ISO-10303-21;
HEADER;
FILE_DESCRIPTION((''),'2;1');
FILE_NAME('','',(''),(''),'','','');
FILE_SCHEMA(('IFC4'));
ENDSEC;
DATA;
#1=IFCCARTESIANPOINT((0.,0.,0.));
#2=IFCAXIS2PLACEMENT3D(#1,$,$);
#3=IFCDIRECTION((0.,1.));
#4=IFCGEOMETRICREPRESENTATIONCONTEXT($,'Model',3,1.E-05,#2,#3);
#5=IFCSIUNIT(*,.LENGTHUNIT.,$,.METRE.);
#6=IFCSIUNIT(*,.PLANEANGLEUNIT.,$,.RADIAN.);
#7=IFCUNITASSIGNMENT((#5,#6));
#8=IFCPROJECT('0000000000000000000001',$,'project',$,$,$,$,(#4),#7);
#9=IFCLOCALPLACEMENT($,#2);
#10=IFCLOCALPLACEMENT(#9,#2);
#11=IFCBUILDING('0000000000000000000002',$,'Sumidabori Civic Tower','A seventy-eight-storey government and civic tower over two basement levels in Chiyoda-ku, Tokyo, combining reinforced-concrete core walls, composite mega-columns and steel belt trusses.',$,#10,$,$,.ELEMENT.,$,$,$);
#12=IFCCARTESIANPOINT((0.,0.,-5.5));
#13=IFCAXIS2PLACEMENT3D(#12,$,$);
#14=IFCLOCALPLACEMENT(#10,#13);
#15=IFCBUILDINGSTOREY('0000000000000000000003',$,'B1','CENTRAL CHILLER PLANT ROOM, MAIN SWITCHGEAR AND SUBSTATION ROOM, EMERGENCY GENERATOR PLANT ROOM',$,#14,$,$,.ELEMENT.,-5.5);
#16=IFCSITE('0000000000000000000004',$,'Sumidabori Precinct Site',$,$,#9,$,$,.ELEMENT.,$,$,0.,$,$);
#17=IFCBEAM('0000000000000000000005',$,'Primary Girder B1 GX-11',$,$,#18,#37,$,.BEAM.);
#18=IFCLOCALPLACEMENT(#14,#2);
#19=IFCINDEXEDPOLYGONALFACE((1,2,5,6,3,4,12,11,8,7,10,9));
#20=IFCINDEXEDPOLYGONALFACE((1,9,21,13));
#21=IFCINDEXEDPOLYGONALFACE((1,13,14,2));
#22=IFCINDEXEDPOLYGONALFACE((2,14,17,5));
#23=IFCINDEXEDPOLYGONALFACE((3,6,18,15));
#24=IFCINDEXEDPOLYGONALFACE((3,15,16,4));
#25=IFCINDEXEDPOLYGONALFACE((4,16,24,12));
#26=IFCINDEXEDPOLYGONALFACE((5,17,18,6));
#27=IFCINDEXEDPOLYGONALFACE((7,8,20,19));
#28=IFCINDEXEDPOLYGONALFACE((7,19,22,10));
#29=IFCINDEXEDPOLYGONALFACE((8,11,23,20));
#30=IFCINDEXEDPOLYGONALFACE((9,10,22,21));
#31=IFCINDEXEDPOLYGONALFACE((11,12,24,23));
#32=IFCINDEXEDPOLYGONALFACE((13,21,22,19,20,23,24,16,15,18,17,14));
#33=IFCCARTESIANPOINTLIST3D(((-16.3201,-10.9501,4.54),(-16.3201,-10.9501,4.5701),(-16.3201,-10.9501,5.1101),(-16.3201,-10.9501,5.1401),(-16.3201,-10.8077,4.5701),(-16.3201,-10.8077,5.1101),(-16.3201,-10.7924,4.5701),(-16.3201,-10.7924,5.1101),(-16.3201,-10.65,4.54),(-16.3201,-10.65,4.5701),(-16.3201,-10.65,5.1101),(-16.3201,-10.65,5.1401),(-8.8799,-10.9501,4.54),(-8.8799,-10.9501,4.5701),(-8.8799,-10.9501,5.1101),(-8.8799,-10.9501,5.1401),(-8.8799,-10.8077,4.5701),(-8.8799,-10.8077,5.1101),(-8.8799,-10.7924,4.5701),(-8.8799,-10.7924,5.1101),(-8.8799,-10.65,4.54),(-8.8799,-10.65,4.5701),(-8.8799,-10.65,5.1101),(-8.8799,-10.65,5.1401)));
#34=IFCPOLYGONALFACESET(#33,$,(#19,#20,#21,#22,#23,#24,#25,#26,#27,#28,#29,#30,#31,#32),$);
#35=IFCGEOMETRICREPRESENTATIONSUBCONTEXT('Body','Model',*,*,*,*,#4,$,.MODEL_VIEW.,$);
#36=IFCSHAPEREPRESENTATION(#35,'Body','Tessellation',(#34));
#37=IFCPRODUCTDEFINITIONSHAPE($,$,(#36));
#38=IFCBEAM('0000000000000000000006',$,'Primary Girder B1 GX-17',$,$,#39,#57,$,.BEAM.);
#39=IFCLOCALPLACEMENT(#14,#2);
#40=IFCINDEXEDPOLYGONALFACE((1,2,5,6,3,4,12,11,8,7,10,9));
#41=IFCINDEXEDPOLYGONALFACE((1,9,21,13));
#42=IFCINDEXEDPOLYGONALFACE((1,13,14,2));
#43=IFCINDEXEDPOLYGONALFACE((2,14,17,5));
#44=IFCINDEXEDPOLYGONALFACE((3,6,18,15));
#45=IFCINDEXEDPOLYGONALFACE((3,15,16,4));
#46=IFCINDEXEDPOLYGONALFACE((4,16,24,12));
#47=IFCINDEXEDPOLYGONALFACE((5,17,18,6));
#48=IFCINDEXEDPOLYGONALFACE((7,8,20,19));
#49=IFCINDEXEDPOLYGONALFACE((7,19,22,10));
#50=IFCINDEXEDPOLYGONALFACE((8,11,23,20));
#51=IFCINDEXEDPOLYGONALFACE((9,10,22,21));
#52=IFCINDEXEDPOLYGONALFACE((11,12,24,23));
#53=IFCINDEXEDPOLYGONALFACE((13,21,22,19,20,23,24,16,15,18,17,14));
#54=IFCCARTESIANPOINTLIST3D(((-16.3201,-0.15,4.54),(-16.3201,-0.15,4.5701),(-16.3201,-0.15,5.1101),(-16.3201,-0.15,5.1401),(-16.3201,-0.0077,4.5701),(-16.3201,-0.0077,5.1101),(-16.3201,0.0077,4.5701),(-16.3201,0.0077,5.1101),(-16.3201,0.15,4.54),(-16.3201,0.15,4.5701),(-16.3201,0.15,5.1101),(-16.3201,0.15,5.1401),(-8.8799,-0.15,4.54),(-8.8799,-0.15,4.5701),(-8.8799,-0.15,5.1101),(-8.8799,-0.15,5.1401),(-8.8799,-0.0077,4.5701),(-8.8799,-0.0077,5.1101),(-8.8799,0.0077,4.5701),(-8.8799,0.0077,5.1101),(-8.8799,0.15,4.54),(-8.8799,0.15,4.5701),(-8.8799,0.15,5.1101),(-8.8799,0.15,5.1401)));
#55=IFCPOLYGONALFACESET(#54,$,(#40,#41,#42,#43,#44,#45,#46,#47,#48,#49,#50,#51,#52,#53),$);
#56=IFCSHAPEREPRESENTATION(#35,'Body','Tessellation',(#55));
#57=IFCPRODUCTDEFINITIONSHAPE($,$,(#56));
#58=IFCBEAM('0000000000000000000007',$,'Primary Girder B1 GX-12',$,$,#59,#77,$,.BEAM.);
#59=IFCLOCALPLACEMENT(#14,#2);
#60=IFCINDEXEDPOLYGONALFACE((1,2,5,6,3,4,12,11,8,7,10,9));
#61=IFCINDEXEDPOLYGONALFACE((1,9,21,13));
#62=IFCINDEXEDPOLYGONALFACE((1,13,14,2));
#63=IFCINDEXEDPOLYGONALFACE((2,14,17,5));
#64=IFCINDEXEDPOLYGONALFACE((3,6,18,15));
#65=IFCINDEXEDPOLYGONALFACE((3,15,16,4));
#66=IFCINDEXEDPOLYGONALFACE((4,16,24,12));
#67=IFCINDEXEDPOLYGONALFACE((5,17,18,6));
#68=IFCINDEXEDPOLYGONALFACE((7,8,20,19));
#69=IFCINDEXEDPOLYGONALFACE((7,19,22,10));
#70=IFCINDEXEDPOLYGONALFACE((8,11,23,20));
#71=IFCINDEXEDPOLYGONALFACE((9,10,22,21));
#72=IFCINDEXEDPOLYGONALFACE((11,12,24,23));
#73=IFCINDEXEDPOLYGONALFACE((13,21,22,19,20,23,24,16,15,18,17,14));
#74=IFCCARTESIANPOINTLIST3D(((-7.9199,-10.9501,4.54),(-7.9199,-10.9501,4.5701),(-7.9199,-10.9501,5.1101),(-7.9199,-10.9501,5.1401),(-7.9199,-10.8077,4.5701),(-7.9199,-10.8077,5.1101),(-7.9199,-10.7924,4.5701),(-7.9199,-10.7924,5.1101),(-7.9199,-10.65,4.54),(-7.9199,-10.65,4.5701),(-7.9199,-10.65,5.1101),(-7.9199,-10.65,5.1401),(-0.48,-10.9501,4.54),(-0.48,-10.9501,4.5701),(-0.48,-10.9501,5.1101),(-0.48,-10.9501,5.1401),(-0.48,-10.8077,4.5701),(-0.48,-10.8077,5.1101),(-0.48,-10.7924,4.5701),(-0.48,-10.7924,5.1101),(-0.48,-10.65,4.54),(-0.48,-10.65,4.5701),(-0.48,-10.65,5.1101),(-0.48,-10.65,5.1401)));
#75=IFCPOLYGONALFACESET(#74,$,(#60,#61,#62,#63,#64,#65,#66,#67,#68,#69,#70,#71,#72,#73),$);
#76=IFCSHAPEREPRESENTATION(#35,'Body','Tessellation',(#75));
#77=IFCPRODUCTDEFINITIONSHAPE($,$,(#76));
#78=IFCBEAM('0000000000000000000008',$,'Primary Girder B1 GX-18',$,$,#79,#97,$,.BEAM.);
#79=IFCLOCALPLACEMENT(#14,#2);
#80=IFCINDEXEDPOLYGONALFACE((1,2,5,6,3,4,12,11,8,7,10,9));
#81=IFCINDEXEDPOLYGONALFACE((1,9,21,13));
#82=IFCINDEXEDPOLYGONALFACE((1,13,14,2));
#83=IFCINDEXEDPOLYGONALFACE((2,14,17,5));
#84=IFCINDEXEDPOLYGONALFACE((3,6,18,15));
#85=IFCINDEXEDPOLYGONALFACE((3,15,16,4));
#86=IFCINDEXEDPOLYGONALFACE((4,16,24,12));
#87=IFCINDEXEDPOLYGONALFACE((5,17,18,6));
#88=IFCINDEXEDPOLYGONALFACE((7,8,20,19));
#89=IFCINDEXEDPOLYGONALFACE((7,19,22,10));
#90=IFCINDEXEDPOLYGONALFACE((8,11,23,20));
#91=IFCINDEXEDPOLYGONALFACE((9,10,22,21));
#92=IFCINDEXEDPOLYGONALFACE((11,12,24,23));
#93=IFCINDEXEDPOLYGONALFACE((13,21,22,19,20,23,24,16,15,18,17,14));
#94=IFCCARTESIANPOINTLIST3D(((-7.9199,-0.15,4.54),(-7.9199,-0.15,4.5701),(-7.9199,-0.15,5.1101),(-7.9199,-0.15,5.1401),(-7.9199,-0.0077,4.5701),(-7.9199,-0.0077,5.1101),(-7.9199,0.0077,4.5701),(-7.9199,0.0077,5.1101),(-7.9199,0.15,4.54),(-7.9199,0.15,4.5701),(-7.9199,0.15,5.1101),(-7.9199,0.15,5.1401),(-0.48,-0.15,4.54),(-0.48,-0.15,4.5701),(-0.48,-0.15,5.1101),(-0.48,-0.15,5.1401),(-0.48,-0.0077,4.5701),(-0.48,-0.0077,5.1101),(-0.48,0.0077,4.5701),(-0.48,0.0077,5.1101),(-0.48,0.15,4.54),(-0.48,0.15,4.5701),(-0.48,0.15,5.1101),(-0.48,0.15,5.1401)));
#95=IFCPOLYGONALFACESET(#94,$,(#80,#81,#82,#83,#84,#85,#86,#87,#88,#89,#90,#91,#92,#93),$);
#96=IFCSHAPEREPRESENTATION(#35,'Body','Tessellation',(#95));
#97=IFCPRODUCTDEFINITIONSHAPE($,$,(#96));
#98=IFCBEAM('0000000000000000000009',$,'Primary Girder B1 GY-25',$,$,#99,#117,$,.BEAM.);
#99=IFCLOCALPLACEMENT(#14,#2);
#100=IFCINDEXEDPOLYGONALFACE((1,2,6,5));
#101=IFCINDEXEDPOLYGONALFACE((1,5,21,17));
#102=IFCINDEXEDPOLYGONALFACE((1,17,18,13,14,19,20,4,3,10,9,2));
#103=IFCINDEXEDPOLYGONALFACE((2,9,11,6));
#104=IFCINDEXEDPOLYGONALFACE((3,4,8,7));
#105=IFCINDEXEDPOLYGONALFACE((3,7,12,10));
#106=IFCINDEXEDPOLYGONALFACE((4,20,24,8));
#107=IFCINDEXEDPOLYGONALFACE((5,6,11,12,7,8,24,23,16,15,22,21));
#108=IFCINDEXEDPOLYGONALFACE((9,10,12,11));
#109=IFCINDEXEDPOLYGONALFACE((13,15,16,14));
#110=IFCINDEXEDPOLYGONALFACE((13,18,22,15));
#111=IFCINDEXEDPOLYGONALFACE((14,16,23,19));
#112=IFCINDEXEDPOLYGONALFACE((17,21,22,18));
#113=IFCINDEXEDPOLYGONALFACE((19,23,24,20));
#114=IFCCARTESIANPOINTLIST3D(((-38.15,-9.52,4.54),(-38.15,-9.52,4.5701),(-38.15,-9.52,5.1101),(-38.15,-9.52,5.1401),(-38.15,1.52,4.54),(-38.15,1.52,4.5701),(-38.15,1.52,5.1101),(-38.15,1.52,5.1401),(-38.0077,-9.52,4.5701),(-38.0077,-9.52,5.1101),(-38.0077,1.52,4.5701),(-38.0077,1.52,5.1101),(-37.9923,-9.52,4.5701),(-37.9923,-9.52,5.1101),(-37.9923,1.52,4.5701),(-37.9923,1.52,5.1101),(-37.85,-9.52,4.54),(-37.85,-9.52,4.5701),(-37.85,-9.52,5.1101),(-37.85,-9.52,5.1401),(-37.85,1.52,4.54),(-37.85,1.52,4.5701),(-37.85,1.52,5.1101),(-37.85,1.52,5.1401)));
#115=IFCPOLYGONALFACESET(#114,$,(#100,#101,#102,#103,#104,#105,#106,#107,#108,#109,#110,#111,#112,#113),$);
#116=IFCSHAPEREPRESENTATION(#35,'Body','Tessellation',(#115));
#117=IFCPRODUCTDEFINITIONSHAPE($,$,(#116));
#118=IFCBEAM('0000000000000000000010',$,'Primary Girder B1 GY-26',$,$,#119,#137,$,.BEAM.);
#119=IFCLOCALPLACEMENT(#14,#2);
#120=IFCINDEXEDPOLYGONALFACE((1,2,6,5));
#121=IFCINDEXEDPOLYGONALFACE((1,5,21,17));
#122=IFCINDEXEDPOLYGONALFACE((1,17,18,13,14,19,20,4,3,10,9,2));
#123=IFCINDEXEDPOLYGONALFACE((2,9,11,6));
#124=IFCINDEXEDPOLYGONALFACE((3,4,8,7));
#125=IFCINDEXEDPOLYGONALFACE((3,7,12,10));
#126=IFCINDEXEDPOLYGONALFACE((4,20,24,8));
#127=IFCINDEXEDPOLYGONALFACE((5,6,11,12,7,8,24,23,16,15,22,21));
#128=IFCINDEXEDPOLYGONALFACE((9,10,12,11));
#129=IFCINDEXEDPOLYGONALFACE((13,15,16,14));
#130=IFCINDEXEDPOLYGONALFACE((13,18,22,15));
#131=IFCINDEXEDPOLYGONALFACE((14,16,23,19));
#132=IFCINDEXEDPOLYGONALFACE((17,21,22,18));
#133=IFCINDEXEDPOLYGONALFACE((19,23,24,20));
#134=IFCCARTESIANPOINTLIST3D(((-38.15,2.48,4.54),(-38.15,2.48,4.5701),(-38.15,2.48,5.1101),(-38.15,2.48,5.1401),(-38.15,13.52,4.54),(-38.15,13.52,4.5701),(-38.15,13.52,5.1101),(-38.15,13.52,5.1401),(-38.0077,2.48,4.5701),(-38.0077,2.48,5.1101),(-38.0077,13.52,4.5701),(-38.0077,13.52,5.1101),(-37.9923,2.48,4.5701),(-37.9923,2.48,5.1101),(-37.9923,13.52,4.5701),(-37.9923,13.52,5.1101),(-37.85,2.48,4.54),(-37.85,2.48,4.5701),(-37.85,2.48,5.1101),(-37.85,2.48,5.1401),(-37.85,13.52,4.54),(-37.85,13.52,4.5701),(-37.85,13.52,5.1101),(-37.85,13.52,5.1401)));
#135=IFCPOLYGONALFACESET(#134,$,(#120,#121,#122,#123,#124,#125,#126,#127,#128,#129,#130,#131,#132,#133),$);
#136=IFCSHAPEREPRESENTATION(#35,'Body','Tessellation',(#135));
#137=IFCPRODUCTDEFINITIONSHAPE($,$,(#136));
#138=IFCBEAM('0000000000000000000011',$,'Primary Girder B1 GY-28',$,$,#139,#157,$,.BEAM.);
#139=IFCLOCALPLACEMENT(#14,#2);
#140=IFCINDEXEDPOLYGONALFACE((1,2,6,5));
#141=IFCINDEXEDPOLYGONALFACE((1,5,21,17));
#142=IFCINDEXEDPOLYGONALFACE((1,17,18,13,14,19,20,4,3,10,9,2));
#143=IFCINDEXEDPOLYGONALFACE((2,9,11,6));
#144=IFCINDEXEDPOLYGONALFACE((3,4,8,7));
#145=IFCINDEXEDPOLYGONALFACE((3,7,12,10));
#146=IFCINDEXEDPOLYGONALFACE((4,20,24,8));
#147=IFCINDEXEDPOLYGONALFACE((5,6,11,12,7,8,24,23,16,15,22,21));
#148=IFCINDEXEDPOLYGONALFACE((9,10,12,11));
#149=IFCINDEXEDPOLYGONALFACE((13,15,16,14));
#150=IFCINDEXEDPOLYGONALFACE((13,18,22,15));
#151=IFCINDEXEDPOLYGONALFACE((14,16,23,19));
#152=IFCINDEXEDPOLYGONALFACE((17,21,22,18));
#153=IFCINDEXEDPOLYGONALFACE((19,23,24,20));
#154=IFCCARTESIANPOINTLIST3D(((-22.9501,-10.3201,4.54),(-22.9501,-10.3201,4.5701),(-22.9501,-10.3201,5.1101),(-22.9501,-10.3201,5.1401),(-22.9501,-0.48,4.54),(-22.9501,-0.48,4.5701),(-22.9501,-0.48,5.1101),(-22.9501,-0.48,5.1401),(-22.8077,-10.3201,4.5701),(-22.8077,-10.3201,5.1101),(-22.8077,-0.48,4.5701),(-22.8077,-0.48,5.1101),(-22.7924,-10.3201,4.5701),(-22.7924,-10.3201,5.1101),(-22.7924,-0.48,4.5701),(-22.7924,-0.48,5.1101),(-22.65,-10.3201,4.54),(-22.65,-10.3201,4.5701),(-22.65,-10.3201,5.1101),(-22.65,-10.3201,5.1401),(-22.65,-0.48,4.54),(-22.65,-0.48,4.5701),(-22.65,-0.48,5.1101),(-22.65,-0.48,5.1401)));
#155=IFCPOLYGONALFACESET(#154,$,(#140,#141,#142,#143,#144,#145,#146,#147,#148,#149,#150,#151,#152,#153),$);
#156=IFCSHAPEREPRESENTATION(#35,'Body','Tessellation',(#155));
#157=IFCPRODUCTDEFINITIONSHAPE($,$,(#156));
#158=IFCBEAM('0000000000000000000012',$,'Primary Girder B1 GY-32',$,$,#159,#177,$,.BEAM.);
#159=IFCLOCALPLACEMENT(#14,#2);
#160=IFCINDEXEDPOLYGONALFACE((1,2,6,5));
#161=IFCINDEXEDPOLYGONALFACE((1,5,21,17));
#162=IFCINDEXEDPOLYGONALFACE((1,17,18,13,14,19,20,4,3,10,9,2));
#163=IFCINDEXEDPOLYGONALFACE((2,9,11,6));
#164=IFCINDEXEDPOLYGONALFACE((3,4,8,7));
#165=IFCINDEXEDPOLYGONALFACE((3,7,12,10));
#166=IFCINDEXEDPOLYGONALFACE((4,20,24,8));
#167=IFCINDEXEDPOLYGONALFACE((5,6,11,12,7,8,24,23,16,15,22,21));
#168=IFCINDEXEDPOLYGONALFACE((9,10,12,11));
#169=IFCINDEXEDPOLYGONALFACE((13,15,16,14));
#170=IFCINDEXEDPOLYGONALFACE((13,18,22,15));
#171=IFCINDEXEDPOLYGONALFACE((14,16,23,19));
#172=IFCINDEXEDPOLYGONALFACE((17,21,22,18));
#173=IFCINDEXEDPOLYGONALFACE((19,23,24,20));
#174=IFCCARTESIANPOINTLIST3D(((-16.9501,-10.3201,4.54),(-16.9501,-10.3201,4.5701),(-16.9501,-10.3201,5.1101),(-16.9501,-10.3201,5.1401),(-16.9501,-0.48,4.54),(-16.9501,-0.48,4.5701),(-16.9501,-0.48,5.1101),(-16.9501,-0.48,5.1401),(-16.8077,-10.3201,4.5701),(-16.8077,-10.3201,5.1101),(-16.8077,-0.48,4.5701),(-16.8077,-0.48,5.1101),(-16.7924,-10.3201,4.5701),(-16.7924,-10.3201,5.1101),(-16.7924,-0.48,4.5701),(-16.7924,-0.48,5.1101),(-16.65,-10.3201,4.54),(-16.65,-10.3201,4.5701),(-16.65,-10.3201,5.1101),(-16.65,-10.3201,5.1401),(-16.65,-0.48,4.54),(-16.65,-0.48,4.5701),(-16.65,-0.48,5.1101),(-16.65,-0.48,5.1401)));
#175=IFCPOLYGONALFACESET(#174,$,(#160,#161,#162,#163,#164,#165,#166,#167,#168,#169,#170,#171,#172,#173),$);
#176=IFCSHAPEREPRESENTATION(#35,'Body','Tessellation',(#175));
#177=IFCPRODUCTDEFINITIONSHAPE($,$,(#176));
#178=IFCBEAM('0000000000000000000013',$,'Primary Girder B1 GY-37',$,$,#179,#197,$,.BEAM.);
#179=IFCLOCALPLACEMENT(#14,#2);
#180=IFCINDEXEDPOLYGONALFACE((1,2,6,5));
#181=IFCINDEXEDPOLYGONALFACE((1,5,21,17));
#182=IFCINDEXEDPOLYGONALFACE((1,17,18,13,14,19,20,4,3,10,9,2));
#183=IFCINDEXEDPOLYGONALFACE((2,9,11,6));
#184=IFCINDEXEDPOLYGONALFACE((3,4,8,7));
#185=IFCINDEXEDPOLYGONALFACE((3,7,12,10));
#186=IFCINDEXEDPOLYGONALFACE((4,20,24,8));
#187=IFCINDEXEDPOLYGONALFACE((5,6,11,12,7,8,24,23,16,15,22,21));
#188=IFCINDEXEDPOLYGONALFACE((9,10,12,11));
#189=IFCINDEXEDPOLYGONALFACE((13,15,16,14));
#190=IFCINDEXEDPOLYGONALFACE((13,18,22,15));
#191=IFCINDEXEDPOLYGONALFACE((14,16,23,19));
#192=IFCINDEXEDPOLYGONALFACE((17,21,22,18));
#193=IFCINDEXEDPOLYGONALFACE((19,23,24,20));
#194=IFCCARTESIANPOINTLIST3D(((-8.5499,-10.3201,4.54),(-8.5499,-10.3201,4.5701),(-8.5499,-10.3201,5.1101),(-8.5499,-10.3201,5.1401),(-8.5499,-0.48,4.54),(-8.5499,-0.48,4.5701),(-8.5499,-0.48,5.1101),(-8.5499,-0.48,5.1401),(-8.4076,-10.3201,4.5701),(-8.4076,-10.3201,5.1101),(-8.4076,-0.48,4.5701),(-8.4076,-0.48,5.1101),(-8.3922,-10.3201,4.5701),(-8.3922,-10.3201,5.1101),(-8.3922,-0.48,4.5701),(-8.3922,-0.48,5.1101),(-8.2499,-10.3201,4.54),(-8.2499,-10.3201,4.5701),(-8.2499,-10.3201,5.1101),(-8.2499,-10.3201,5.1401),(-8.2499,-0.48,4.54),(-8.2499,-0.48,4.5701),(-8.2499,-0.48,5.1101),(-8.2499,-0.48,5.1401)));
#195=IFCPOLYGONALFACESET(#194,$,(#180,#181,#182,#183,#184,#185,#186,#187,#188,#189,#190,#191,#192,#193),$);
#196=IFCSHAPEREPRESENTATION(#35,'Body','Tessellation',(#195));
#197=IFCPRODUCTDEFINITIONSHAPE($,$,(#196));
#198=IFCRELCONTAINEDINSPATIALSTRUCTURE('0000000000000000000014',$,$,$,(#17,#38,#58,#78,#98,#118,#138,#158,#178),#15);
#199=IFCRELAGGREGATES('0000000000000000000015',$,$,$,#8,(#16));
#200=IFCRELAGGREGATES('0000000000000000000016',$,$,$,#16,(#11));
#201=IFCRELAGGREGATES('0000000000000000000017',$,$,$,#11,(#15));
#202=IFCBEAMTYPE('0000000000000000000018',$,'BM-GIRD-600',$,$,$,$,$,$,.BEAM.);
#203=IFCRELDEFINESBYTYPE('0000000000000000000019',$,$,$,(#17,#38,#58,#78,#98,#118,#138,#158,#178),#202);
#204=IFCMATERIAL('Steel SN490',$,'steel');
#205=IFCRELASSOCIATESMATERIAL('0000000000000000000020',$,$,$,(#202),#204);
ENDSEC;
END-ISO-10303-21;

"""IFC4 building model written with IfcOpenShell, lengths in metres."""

from ifc_helpers import new_model, si_unit, direction, frame, origin, origin_2d, place, context, subcontext, project, spatial, i_section, extrude, source, transform, mapped, material, material_profile, profile_set, type_object, element, save


model = new_model("IFC4")

# Units and contexts
model_context = context("Model", 3, precision=1e-05, world=origin(), true_north=direction((0.0, 1.0)))
body_context = subcontext(model_context, "Body", "Model", "MODEL_VIEW")
ifc_project = project(units=[si_unit("LENGTHUNIT", "METRE"), si_unit("PLANEANGLEUNIT", "RADIAN")], contexts=[model_context])

# Site, building, storey
site_placement = place(None, origin())
site = spatial("IfcSite", under=ifc_project, at=site_placement, Name="Sumidabori Precinct Site", CompositionType="ELEMENT", RefElevation=0.0)
building_placement = place(site_placement, origin())
building = spatial("IfcBuilding", under=site, at=building_placement, Name="Sumidabori Civic Tower", Description="A seventy-eight-storey government and civic tower over two basement levels in Chiyoda-ku, Tokyo, combining reinforced-concrete core walls, composite mega-columns and steel belt trusses.", CompositionType="ELEMENT")
storey_placement = place(building_placement, frame((0.0, 0.0, -5.5)))
storey = spatial("IfcBuildingStorey", under=building, at=storey_placement, Name="B1", Description="CENTRAL CHILLER PLANT ROOM, MAIN SWITCHGEAR AND SUBSTATION ROOM, EMERGENCY GENERATOR PLANT ROOM", CompositionType="ELEMENT", Elevation=-5.5)

# Beams
ifc_material_1 = material(Name="Steel SN490", Category="steel")
ifc_material_profile_1 = material_profile(ifc_material_1, i_section(OverallWidth=0.3, OverallDepth=0.6001, WebThickness=0.0154, FlangeThickness=0.03, at=origin_2d()), Name="HE 600 B")
ifc_profile_set_1 = profile_set([ifc_material_profile_1], Name="Steel SN490")
beam_type = type_object("IfcBeamType", Name="BM-GIRD-600", PredefinedType="BEAM", material=ifc_profile_set_1)
shared_shape_1 = source(origin(), body_context, "Body", "SweptSolid", [
    extrude(i_section(OverallWidth=0.3, OverallDepth=0.6001, WebThickness=0.0154, FlangeThickness=0.03, at=origin_2d()), origin(), (0.0, 0.0, 1.0), 7.4402),
])
for number, where, z_axis, x_axis, name in (
    (1, (-16.3201, -10.8, 4.8401), (1.0, 0.0, 0.0), (0.0, 1.0, 0.0), "Primary Girder B1 GX-11"),
    (2, (-16.3201, 0.0, 4.8401), (1.0, 0.0, 0.0), (0.0, 1.0, 0.0), "Primary Girder B1 GX-17"),
):
    element("IfcBeam", number, at=place(storey_placement, frame(where, z_axis=z_axis, x_axis=x_axis)), inside=storey, type_object=beam_type, Name=name, PredefinedType="BEAM", context=body_context, shape_type="MappedRepresentation", body=[
        mapped(shared_shape_1, transform((0.0, 0.0, 0.0), x_axis=(1.0, 0.0, 0.0), y_axis=(0.0, 1.0, 0.0), z_axis=(0.0, 0.0, 1.0), scale=1.0)),
    ])
shared_shape_2 = source(origin(), body_context, "Body", "SweptSolid", [
    extrude(i_section(OverallWidth=0.3, OverallDepth=0.6001, WebThickness=0.0154, FlangeThickness=0.03, at=origin_2d()), origin(), (0.0, 0.0, 1.0), 7.4399),
])
for number, where, z_axis, x_axis, name in (
    (3, (-7.9199, -10.8, 4.8401), (1.0, 0.0, 0.0), (0.0, 1.0, 0.0), "Primary Girder B1 GX-12"),
    (4, (-7.9199, 0.0, 4.8401), (1.0, 0.0, 0.0), (0.0, 1.0, 0.0), "Primary Girder B1 GX-18"),
):
    element("IfcBeam", number, at=place(storey_placement, frame(where, z_axis=z_axis, x_axis=x_axis)), inside=storey, type_object=beam_type, Name=name, PredefinedType="BEAM", context=body_context, shape_type="MappedRepresentation", body=[
        mapped(shared_shape_2, transform((0.0, 0.0, 0.0), x_axis=(1.0, 0.0, 0.0), y_axis=(0.0, 1.0, 0.0), z_axis=(0.0, 0.0, 1.0), scale=1.0)),
    ])
shared_shape_3 = source(origin(), body_context, "Body", "SweptSolid", [
    extrude(i_section(OverallWidth=0.3, OverallDepth=0.6001, WebThickness=0.0154, FlangeThickness=0.03, at=origin_2d()), origin(), (0.0, 0.0, 1.0), 11.04),
])
for number, where, z_axis, x_axis, name in (
    (5, (-38.0, -9.52, 4.8401), (0.0, 1.0, 0.0), (-1.0, 0.0, 0.0), "Primary Girder B1 GY-25"),
    (6, (-38.0, 2.48, 4.8401), (0.0, 1.0, 0.0), (-1.0, 0.0, 0.0), "Primary Girder B1 GY-26"),
):
    element("IfcBeam", number, at=place(storey_placement, frame(where, z_axis=z_axis, x_axis=x_axis)), inside=storey, type_object=beam_type, Name=name, PredefinedType="BEAM", context=body_context, shape_type="MappedRepresentation", body=[
        mapped(shared_shape_3, transform((0.0, 0.0, 0.0), x_axis=(1.0, 0.0, 0.0), y_axis=(0.0, 1.0, 0.0), z_axis=(0.0, 0.0, 1.0), scale=1.0)),
    ])
shared_shape_4 = source(origin(), body_context, "Body", "SweptSolid", [
    extrude(i_section(OverallWidth=0.3, OverallDepth=0.6001, WebThickness=0.0154, FlangeThickness=0.03, at=origin_2d()), origin(), (0.0, 0.0, 1.0), 9.8401),
])
for number, where, z_axis, x_axis, name in (
    (7, (-22.8, -10.3201, 4.8401), (0.0, 1.0, 0.0), (-1.0, 0.0, 0.0), "Primary Girder B1 GY-28"),
    (8, (-16.8, -10.3201, 4.8401), (0.0, 1.0, 0.0), (-1.0, 0.0, 0.0), "Primary Girder B1 GY-32"),
    (9, (-8.3999, -10.3201, 4.8401), (0.0, 1.0, 0.0), (-1.0, 0.0, 0.0), "Primary Girder B1 GY-37"),
):
    element("IfcBeam", number, at=place(storey_placement, frame(where, z_axis=z_axis, x_axis=x_axis)), inside=storey, type_object=beam_type, Name=name, PredefinedType="BEAM", context=body_context, shape_type="MappedRepresentation", body=[
        mapped(shared_shape_4, transform((0.0, 0.0, 0.0), x_axis=(1.0, 0.0, 0.0), y_axis=(0.0, 1.0, 0.0), z_axis=(0.0, 0.0, 1.0), scale=1.0)),
    ])

save(model, "model.ifc")
